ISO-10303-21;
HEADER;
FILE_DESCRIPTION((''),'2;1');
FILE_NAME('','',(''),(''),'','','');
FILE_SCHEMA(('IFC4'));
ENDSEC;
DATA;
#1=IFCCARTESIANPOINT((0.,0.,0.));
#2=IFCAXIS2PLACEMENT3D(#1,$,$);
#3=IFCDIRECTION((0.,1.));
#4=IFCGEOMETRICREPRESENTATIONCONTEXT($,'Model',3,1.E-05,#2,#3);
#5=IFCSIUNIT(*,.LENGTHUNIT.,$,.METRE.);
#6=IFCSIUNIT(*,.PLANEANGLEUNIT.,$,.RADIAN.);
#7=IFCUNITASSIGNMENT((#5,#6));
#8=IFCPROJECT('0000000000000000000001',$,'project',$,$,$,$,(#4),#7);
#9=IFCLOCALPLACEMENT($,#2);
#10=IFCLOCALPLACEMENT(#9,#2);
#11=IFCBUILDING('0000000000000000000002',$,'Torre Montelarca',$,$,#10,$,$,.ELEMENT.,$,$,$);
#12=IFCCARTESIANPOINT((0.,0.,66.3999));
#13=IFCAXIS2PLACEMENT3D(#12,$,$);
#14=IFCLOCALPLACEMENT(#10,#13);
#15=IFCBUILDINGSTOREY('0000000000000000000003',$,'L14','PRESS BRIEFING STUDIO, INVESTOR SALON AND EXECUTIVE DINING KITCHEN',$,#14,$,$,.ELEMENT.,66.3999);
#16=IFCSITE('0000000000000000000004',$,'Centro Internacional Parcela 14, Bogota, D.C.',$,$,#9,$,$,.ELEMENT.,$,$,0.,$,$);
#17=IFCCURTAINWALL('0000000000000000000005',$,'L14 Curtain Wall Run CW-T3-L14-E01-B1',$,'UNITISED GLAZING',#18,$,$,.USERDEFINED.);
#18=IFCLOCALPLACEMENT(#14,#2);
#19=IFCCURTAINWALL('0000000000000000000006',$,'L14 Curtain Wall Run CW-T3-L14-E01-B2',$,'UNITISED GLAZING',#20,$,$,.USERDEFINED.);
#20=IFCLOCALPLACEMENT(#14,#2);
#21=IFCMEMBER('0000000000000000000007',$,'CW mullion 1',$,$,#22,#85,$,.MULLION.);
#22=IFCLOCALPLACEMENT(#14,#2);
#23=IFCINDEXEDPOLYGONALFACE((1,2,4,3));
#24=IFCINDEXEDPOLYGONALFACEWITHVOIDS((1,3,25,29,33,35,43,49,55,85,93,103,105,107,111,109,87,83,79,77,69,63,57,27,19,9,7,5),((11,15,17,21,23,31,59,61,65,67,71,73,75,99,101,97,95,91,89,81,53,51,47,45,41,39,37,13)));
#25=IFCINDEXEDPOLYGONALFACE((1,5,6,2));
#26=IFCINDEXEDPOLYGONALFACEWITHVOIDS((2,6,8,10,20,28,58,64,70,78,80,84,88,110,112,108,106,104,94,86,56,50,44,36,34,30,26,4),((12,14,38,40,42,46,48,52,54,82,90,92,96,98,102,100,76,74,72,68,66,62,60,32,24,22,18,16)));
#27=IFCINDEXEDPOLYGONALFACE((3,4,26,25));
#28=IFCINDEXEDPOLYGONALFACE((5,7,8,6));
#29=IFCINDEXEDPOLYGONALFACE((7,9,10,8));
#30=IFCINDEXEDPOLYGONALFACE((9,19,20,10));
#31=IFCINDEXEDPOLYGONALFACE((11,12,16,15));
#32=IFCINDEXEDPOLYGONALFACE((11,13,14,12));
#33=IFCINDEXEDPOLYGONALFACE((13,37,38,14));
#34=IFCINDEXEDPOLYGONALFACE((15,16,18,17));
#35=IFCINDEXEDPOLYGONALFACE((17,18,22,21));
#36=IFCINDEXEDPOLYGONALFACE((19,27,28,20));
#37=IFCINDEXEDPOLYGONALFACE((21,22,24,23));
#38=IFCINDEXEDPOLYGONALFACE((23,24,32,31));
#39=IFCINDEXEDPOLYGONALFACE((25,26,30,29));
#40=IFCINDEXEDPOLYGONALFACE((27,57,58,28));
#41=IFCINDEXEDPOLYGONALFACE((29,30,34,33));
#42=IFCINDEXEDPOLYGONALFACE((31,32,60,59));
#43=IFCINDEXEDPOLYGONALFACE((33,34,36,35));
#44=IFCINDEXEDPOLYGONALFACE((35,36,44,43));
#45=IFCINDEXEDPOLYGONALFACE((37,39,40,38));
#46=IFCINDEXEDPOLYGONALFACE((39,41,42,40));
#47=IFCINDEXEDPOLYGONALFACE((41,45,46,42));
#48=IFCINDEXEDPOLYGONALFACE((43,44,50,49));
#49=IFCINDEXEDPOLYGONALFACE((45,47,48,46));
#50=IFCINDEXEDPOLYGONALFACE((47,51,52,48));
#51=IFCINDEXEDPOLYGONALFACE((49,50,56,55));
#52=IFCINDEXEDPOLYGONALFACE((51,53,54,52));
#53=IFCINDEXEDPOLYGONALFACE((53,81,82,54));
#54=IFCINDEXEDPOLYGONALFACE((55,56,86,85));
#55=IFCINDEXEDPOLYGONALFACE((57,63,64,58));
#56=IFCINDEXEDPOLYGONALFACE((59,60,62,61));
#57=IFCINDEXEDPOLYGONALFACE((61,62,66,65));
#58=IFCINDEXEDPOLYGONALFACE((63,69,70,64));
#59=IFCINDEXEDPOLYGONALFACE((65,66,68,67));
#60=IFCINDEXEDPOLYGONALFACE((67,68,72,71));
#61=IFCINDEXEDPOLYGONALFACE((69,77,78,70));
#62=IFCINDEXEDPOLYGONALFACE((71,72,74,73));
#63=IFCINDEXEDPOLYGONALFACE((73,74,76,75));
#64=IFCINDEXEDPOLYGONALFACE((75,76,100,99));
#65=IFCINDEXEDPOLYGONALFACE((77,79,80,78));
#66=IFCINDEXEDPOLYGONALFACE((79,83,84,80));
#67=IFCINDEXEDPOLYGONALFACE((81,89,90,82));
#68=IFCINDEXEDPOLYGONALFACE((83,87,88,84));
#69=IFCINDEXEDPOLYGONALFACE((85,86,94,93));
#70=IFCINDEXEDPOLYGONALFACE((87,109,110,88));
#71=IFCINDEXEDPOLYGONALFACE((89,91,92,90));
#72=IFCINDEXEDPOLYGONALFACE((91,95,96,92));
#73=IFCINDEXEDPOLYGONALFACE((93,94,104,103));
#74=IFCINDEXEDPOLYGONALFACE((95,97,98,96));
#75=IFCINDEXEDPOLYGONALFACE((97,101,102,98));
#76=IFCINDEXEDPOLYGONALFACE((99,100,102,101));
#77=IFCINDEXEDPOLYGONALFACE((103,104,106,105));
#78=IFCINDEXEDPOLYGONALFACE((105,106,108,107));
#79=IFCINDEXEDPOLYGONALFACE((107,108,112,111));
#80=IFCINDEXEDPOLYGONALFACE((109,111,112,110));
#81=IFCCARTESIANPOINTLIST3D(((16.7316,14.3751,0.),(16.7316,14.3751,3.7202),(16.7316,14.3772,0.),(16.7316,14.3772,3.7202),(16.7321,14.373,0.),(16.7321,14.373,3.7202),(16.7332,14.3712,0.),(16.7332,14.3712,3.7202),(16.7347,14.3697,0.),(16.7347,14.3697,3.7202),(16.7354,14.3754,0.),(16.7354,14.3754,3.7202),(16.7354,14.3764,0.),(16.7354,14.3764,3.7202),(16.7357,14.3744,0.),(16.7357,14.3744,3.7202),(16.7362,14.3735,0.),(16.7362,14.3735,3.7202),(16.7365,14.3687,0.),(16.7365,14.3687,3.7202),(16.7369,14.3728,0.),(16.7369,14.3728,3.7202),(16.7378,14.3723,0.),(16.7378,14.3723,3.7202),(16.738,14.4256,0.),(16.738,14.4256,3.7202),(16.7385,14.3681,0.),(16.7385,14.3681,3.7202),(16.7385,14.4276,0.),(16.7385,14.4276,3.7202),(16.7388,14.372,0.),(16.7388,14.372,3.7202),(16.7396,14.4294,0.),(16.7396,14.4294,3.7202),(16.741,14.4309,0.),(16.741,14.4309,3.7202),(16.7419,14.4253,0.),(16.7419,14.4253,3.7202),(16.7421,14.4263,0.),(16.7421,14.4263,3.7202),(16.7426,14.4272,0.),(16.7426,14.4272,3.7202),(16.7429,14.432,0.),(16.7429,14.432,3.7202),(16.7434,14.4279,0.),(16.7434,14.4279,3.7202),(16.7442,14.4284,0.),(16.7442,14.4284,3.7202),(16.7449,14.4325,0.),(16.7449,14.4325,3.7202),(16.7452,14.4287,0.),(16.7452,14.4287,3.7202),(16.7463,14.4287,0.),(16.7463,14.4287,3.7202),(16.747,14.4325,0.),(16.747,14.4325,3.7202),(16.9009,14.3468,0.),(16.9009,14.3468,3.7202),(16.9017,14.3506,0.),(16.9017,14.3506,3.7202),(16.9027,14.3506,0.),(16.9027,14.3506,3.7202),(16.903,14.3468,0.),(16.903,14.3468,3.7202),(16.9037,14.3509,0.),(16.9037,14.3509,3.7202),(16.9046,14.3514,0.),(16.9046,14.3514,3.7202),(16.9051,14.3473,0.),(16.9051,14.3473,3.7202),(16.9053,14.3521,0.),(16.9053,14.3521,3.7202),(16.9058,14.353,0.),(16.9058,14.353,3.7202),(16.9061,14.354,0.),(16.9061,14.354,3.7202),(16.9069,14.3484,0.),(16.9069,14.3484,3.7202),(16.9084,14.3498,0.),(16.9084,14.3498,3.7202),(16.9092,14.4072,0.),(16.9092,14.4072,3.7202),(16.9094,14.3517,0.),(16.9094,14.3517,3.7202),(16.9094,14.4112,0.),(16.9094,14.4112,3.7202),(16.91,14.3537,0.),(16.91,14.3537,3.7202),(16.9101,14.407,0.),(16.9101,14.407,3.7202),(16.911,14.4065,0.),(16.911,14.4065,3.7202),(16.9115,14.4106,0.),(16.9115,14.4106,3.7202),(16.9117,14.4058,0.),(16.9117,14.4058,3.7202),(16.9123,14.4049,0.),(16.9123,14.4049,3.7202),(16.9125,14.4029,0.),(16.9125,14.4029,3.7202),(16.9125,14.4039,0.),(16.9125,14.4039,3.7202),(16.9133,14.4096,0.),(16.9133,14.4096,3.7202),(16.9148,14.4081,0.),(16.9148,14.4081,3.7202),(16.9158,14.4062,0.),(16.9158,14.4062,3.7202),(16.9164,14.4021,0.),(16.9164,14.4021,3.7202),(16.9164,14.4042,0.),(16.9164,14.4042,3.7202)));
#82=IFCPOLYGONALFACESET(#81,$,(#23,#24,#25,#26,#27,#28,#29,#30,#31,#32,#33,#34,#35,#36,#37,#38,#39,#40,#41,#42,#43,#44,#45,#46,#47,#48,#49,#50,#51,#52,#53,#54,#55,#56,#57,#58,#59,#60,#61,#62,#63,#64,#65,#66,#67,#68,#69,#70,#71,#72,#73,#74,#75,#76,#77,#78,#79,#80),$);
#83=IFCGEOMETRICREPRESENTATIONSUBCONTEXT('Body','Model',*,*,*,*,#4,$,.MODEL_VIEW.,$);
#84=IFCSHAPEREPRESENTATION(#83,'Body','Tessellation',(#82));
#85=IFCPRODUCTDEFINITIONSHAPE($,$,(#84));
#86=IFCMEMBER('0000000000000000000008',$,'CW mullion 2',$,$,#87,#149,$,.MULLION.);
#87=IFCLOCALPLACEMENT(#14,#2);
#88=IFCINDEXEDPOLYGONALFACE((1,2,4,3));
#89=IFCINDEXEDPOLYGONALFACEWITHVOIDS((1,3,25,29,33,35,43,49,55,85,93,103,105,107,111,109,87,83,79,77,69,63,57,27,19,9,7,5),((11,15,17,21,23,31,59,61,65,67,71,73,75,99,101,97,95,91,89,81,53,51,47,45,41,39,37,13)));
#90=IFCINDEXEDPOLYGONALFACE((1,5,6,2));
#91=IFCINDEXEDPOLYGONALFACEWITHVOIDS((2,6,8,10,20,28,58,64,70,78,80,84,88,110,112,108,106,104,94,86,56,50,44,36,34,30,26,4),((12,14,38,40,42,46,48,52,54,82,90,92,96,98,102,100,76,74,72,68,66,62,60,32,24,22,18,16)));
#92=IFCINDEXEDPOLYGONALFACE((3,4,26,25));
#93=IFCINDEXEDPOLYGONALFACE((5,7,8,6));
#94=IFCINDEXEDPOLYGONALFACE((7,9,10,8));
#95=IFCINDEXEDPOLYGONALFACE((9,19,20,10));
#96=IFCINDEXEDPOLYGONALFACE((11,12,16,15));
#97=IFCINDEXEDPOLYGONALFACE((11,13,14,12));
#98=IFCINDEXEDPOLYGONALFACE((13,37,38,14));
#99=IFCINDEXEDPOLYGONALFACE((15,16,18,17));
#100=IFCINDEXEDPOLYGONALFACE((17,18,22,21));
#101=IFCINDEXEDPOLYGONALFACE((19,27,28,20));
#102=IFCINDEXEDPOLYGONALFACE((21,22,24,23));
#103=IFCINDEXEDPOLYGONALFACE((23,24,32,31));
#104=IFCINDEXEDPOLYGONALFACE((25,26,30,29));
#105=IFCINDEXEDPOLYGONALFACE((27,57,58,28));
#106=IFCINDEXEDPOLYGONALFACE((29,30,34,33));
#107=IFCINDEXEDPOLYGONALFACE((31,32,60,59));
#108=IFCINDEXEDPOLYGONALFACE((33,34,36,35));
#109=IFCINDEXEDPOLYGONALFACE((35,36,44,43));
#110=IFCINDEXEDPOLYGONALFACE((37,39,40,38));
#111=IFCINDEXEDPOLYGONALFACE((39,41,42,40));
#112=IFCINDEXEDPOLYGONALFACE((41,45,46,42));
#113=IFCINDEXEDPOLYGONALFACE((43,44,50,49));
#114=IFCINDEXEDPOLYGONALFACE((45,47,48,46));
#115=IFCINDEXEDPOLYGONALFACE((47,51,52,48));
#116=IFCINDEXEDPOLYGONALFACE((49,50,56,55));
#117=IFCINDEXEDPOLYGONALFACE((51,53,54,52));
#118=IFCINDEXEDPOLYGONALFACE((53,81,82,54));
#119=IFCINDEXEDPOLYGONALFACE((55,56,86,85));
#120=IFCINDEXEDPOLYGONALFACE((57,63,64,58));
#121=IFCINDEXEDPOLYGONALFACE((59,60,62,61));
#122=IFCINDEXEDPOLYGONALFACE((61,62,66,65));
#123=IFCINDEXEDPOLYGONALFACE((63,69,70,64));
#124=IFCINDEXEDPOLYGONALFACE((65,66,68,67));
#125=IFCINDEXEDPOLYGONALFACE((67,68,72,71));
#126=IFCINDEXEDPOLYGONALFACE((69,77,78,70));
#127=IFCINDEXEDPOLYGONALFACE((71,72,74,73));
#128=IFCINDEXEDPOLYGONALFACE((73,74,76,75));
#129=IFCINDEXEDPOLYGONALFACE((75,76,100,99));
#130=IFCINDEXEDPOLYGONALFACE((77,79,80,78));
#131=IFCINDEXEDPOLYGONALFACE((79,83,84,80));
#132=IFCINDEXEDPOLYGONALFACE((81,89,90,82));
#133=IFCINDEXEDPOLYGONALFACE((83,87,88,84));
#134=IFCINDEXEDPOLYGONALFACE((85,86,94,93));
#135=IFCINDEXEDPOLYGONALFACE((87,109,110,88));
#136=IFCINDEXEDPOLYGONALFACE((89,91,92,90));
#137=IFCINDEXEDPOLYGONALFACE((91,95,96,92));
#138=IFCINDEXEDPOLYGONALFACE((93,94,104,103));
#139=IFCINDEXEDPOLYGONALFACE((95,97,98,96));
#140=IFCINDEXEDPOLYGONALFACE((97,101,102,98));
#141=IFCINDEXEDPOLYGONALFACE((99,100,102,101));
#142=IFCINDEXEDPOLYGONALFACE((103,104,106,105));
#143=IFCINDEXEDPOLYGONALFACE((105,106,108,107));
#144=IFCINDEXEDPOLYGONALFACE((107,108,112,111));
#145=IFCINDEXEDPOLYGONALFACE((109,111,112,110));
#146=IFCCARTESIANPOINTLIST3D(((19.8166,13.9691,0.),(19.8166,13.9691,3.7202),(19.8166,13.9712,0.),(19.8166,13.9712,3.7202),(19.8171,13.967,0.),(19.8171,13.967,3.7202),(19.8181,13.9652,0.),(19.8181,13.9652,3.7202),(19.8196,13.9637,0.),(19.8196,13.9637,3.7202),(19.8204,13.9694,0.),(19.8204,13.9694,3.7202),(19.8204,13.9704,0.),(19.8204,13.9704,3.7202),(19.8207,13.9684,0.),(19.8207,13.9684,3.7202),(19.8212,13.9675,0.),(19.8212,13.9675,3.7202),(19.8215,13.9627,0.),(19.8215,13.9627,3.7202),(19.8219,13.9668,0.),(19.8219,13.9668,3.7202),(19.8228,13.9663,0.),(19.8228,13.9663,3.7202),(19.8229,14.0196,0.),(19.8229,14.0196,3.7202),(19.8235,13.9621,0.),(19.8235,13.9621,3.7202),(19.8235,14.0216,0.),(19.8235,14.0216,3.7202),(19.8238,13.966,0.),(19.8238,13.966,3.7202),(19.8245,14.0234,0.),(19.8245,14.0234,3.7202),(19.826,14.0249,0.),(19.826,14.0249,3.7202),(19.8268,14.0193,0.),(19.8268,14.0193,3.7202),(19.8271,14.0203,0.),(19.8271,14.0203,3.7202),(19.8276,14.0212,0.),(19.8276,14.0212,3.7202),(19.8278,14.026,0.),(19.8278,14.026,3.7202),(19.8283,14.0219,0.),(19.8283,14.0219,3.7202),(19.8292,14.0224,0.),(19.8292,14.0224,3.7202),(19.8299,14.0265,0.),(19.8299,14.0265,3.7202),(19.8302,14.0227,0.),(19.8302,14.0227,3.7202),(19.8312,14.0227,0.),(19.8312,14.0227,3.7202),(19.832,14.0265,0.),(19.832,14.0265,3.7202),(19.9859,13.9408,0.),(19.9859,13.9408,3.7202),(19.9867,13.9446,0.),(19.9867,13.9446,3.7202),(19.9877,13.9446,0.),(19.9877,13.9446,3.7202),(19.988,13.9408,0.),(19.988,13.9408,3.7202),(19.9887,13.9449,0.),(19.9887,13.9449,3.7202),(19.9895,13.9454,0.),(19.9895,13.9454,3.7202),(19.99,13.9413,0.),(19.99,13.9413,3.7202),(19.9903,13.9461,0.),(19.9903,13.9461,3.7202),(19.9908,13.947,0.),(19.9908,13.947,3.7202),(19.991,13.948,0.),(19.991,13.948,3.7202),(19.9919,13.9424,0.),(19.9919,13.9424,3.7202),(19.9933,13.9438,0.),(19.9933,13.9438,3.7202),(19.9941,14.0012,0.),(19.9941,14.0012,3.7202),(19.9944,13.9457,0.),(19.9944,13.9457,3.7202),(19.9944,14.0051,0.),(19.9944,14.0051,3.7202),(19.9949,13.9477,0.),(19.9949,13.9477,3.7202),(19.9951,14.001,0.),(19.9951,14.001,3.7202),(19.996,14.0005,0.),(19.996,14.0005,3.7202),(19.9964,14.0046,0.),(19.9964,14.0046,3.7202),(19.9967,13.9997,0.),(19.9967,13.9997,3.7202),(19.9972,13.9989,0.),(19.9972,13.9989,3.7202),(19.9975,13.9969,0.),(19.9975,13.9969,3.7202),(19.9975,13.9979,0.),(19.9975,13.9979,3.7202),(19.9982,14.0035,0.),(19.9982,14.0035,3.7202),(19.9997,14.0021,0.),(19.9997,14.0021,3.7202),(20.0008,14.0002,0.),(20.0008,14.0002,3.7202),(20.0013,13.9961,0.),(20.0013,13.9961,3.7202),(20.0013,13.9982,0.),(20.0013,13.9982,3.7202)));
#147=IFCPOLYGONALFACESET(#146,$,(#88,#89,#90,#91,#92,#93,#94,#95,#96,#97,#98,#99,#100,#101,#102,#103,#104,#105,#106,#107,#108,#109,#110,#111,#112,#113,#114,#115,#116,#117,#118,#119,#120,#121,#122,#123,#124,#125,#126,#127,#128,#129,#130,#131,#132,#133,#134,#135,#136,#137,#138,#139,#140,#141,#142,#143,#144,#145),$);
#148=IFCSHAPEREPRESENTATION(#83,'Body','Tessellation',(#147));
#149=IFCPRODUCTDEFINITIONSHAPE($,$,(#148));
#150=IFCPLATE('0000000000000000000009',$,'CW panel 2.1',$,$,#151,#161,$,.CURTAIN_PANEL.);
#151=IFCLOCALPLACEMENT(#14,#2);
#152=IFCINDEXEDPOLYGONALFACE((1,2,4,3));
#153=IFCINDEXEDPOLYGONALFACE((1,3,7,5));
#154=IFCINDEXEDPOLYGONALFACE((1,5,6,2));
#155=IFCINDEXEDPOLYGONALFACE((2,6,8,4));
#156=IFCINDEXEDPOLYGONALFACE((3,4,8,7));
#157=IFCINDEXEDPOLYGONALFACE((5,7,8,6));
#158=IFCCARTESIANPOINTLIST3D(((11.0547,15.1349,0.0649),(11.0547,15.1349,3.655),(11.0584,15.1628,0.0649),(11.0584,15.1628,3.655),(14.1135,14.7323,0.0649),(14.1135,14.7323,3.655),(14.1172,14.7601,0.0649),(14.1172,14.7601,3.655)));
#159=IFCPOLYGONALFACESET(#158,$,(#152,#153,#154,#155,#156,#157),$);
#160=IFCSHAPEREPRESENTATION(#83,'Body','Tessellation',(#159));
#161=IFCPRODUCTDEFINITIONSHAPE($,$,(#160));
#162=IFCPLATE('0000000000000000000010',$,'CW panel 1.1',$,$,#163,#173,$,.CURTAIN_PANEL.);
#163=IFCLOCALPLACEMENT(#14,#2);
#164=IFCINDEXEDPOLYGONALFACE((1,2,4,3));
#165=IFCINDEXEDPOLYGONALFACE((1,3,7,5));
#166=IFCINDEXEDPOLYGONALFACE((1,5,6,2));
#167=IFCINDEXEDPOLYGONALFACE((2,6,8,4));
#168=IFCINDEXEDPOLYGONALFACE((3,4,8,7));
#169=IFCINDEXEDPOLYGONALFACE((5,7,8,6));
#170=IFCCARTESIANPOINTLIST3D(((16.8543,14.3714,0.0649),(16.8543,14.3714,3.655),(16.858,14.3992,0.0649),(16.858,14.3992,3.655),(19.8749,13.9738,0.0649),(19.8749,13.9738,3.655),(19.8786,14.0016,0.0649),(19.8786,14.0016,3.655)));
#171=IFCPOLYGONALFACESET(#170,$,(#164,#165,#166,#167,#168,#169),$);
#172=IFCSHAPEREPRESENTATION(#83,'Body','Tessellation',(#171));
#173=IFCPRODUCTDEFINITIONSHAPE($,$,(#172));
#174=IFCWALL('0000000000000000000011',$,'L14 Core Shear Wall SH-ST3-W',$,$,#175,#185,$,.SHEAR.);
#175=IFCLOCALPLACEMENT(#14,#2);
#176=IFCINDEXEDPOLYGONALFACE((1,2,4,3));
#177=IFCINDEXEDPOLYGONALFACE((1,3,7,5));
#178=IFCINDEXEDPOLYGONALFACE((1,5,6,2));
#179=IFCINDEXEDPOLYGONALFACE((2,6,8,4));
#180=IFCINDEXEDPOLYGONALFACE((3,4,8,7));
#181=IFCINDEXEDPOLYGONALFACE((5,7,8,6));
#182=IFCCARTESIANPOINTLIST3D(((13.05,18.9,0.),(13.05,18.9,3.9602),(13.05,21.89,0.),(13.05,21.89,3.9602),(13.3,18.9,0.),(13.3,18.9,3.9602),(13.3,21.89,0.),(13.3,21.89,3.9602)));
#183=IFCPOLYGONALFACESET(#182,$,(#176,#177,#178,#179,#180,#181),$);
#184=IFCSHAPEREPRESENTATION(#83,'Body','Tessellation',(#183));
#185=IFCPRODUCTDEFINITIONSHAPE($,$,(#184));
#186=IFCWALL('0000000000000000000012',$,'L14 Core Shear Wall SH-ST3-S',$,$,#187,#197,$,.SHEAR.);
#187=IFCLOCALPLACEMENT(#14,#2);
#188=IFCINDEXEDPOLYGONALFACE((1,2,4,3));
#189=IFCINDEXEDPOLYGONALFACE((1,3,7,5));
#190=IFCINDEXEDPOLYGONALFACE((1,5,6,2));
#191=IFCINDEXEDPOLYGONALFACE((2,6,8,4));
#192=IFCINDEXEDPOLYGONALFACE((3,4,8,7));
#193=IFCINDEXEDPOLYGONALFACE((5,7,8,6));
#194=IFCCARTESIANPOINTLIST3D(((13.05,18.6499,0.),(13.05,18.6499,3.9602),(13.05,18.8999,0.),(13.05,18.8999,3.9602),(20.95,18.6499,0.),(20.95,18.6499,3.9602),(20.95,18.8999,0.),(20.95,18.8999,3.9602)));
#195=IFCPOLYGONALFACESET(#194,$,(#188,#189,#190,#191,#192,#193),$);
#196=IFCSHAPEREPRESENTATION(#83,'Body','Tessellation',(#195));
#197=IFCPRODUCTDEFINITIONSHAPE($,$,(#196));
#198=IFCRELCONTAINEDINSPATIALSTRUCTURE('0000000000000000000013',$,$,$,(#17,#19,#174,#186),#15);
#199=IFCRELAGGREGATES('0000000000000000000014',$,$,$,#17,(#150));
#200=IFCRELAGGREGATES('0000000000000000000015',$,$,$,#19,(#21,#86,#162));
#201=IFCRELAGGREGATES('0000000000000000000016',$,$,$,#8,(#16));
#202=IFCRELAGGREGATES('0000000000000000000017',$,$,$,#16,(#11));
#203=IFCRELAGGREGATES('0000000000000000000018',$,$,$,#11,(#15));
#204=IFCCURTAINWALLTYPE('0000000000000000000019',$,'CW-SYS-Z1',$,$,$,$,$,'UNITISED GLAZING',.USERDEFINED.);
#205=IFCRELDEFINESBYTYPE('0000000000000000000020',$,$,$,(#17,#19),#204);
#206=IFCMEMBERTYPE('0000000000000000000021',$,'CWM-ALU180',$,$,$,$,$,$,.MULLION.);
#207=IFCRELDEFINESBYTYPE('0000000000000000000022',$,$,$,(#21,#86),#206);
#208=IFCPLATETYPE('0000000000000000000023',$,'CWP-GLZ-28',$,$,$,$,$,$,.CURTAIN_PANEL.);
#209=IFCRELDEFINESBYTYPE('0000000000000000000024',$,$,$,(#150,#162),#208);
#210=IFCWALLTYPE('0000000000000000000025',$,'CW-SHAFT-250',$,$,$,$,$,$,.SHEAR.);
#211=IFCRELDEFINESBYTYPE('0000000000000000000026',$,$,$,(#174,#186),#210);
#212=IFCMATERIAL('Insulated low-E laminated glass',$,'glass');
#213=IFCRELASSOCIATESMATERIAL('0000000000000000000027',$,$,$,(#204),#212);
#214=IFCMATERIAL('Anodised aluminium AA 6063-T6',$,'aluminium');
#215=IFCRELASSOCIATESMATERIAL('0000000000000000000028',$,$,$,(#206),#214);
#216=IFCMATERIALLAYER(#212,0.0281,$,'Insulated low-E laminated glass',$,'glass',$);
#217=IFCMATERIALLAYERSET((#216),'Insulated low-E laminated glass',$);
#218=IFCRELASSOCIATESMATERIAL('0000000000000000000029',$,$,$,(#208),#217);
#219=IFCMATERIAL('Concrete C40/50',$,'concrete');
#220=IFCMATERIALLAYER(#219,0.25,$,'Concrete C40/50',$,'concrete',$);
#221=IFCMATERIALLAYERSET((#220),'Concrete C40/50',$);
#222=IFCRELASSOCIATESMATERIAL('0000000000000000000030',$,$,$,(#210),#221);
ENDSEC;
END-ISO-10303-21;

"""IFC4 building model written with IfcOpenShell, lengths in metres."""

from ifc_helpers import new_model, si_unit, direction, frame, frame_2d, origin, origin_2d, place, context, subcontext, project, spatial, rectangle, hollow_rectangle, extrude, source, transform, mapped, material, layer, layer_set, material_profile, profile_set, type_object, element, aggregate, save


model = new_model("IFC4")

# Units and contexts
model_context = context("Model", 3, precision=1e-05, world=origin(), true_north=direction((0.0, 1.0)))
body_context = subcontext(model_context, "Body", "Model", "MODEL_VIEW")
ifc_project = project(units=[si_unit("LENGTHUNIT", "METRE"), si_unit("PLANEANGLEUNIT", "RADIAN")], contexts=[model_context])

# Site, building, storey
site_placement = place(None, origin())
site = spatial("IfcSite", under=ifc_project, at=site_placement, Name="Centro Internacional Parcela 14, Bogota, D.C.", CompositionType="ELEMENT", RefElevation=0.0)
building_placement = place(site_placement, origin())
building = spatial("IfcBuilding", under=site, at=building_placement, Name="Torre Montelarca", CompositionType="ELEMENT")
storey_placement = place(building_placement, frame((0.0, 0.0, 66.3999)))
storey = spatial("IfcBuildingStorey", under=building, at=storey_placement, Name="L14", Description="PRESS BRIEFING STUDIO, INVESTOR SALON AND EXECUTIVE DINING KITCHEN", CompositionType="ELEMENT", Elevation=66.3999)

# Curtain walls
ifc_material_1 = material(Name="Insulated low-E laminated glass", Category="glass")
curtain_wall_type = type_object("IfcCurtainWallType", Name="CW-SYS-Z1", ElementType="UNITISED GLAZING", PredefinedType="USERDEFINED", material=ifc_material_1)
curtain_wall_1_placement = place(storey_placement, origin())
curtain_wall_1 = element("IfcCurtainWall", 1, at=curtain_wall_1_placement, inside=storey, type_object=curtain_wall_type, Name="L14 Curtain Wall Run CW-T3-L14-E01-B1", ObjectType="UNITISED GLAZING", PredefinedType="USERDEFINED")
ifc_material_2 = material(Name="Anodised aluminium AA 6063-T6", Category="aluminium")
curtain_wall_2_placement = place(storey_placement, origin())
curtain_wall_2 = element("IfcCurtainWall", 2, at=curtain_wall_2_placement, inside=storey, type_object=curtain_wall_type, Name="L14 Curtain Wall Run CW-T3-L14-E01-B2", ObjectType="UNITISED GLAZING", PredefinedType="USERDEFINED")

# Members
ifc_material_profile_1 = material_profile(ifc_material_2, hollow_rectangle(XDim=0.0649, YDim=0.1799, WallThickness=0.0039, InnerFilletRadius=0.0039, OuterFilletRadius=0.0081, at=origin_2d()), Name="ALU65X180X4", Category="aluminium")
ifc_profile_set_1 = profile_set([ifc_material_profile_1], Name="Anodised aluminium AA 6063-T6")
member_type_1 = type_object("IfcMemberType", Name="CWM-ALU180", PredefinedType="MULLION", material=ifc_profile_set_1)
shared_shape_1 = source(origin(), body_context, "Body", "SweptSolid", [
    extrude(hollow_rectangle(XDim=0.0649, YDim=0.1799, WallThickness=0.0039, InnerFilletRadius=0.0039, OuterFilletRadius=0.0081, at=origin_2d()), origin(), (0.0, 0.0, 1.0), 3.7202),
])
member_1_placement = place(storey_placement, frame((16.824, 14.3896, 0.0), z_axis=(0.0, 0.0, 1.0), x_axis=(0.130508, 0.991447, 0.0)))
member_1 = element("IfcMember", 3, at=member_1_placement, type_object=member_type_1, Name="CW mullion 1", PredefinedType="MULLION", context=body_context, shape_type="MappedRepresentation", body=[
    mapped(shared_shape_1, transform((0.0, 0.0, 0.0), scale=1.0)),
])
member_2_placement = place(storey_placement, frame((19.9089, 13.9836, 0.0), z_axis=(0.0, 0.0, 1.0), x_axis=(0.130508, 0.991447, 0.0)))
member_2 = element("IfcMember", 4, at=member_2_placement, type_object=member_type_1, Name="CW mullion 2", PredefinedType="MULLION", context=body_context, shape_type="MappedRepresentation", body=[
    mapped(shared_shape_1, transform((0.0, 0.0, 0.0), scale=1.0)),
])

# Plates
ifc_layer_1 = layer(ifc_material_1, 0.0281, Name="Insulated low-E laminated glass", Category="glass")
ifc_layer_set_1 = layer_set([ifc_layer_1], Name="Insulated low-E laminated glass")
plate_type = type_object("IfcPlateType", Name="CWP-GLZ-28", PredefinedType="CURTAIN_PANEL", material=ifc_layer_set_1)
shared_shape_2 = source(origin(), body_context, "Body", "SweptSolid", [
    extrude(rectangle(XDim=3.0852, YDim=0.0281, at=origin_2d()), origin(), (0.0, 0.0, 1.0), 3.5901),
])
plate_1_placement = place(storey_placement, frame((12.5859, 14.9475, 0.0649), z_axis=(0.0, 0.0, 1.0), x_axis=(0.991446, -0.130515, 0.0)))
plate_1 = element("IfcPlate", 5, at=plate_1_placement, type_object=plate_type, Name="CW panel 2.1", PredefinedType="CURTAIN_PANEL", context=body_context, shape_type="MappedRepresentation", body=[
    mapped(shared_shape_2, transform((0.0, 0.0, 0.0), scale=1.0)),
])
aggregate(curtain_wall_1, [plate_1])
shared_shape_3 = source(origin(), body_context, "Body", "SweptSolid", [
    extrude(rectangle(XDim=3.0466, YDim=0.0281, at=origin_2d()), origin(), (0.0, 0.0, 1.0), 3.5901),
])
plate_2_placement = place(storey_placement, frame((18.3665, 14.1865, 0.0649), z_axis=(0.0, 0.0, 1.0), x_axis=(0.991447, -0.130508, 0.0)))
plate_2 = element("IfcPlate", 6, at=plate_2_placement, type_object=plate_type, Name="CW panel 1.1", PredefinedType="CURTAIN_PANEL", context=body_context, shape_type="MappedRepresentation", body=[
    mapped(shared_shape_3, transform((0.0, 0.0, 0.0), scale=1.0)),
])
aggregate(curtain_wall_2, [member_1, member_2, plate_2])

# Walls
ifc_material_3 = material(Name="Concrete C40/50", Category="concrete")
ifc_layer_2 = layer(ifc_material_3, 0.25, Name="Concrete C40/50", Category="concrete")
ifc_layer_set_2 = layer_set([ifc_layer_2], Name="Concrete C40/50")
wall_type_1 = type_object("IfcWallType", Name="CW-SHAFT-250", PredefinedType="SHEAR", material=ifc_layer_set_2)
wall_1_placement = place(storey_placement, frame((13.175, 18.8999, 0.0), z_axis=(0.0, 0.0, 1.0), x_axis=(0.0, 1.0, 0.0)))
element("IfcWall", 7, at=wall_1_placement, inside=storey, type_object=wall_type_1, Name="L14 Core Shear Wall SH-ST3-W", PredefinedType="SHEAR", context=body_context, shape_type="SweptSolid", body=[
    extrude(rectangle(XDim=2.99, YDim=0.25, at=frame_2d((1.4951, 0.0))), origin(), (0.0, 0.0, 1.0), 3.9602),
])
wall_2_placement = place(storey_placement, frame((13.05, 18.7749, 0.0), z_axis=(0.0, 0.0, 1.0), x_axis=(1.0, 0.0, 0.0)))
element("IfcWall", 8, at=wall_2_placement, inside=storey, type_object=wall_type_1, Name="L14 Core Shear Wall SH-ST3-S", PredefinedType="SHEAR", context=body_context, shape_type="SweptSolid", body=[
    extrude(rectangle(XDim=7.8999, YDim=0.25, at=frame_2d((3.95, 0.0))), origin(), (0.0, 0.0, 1.0), 3.9602),
])

save(model, "model.ifc")
